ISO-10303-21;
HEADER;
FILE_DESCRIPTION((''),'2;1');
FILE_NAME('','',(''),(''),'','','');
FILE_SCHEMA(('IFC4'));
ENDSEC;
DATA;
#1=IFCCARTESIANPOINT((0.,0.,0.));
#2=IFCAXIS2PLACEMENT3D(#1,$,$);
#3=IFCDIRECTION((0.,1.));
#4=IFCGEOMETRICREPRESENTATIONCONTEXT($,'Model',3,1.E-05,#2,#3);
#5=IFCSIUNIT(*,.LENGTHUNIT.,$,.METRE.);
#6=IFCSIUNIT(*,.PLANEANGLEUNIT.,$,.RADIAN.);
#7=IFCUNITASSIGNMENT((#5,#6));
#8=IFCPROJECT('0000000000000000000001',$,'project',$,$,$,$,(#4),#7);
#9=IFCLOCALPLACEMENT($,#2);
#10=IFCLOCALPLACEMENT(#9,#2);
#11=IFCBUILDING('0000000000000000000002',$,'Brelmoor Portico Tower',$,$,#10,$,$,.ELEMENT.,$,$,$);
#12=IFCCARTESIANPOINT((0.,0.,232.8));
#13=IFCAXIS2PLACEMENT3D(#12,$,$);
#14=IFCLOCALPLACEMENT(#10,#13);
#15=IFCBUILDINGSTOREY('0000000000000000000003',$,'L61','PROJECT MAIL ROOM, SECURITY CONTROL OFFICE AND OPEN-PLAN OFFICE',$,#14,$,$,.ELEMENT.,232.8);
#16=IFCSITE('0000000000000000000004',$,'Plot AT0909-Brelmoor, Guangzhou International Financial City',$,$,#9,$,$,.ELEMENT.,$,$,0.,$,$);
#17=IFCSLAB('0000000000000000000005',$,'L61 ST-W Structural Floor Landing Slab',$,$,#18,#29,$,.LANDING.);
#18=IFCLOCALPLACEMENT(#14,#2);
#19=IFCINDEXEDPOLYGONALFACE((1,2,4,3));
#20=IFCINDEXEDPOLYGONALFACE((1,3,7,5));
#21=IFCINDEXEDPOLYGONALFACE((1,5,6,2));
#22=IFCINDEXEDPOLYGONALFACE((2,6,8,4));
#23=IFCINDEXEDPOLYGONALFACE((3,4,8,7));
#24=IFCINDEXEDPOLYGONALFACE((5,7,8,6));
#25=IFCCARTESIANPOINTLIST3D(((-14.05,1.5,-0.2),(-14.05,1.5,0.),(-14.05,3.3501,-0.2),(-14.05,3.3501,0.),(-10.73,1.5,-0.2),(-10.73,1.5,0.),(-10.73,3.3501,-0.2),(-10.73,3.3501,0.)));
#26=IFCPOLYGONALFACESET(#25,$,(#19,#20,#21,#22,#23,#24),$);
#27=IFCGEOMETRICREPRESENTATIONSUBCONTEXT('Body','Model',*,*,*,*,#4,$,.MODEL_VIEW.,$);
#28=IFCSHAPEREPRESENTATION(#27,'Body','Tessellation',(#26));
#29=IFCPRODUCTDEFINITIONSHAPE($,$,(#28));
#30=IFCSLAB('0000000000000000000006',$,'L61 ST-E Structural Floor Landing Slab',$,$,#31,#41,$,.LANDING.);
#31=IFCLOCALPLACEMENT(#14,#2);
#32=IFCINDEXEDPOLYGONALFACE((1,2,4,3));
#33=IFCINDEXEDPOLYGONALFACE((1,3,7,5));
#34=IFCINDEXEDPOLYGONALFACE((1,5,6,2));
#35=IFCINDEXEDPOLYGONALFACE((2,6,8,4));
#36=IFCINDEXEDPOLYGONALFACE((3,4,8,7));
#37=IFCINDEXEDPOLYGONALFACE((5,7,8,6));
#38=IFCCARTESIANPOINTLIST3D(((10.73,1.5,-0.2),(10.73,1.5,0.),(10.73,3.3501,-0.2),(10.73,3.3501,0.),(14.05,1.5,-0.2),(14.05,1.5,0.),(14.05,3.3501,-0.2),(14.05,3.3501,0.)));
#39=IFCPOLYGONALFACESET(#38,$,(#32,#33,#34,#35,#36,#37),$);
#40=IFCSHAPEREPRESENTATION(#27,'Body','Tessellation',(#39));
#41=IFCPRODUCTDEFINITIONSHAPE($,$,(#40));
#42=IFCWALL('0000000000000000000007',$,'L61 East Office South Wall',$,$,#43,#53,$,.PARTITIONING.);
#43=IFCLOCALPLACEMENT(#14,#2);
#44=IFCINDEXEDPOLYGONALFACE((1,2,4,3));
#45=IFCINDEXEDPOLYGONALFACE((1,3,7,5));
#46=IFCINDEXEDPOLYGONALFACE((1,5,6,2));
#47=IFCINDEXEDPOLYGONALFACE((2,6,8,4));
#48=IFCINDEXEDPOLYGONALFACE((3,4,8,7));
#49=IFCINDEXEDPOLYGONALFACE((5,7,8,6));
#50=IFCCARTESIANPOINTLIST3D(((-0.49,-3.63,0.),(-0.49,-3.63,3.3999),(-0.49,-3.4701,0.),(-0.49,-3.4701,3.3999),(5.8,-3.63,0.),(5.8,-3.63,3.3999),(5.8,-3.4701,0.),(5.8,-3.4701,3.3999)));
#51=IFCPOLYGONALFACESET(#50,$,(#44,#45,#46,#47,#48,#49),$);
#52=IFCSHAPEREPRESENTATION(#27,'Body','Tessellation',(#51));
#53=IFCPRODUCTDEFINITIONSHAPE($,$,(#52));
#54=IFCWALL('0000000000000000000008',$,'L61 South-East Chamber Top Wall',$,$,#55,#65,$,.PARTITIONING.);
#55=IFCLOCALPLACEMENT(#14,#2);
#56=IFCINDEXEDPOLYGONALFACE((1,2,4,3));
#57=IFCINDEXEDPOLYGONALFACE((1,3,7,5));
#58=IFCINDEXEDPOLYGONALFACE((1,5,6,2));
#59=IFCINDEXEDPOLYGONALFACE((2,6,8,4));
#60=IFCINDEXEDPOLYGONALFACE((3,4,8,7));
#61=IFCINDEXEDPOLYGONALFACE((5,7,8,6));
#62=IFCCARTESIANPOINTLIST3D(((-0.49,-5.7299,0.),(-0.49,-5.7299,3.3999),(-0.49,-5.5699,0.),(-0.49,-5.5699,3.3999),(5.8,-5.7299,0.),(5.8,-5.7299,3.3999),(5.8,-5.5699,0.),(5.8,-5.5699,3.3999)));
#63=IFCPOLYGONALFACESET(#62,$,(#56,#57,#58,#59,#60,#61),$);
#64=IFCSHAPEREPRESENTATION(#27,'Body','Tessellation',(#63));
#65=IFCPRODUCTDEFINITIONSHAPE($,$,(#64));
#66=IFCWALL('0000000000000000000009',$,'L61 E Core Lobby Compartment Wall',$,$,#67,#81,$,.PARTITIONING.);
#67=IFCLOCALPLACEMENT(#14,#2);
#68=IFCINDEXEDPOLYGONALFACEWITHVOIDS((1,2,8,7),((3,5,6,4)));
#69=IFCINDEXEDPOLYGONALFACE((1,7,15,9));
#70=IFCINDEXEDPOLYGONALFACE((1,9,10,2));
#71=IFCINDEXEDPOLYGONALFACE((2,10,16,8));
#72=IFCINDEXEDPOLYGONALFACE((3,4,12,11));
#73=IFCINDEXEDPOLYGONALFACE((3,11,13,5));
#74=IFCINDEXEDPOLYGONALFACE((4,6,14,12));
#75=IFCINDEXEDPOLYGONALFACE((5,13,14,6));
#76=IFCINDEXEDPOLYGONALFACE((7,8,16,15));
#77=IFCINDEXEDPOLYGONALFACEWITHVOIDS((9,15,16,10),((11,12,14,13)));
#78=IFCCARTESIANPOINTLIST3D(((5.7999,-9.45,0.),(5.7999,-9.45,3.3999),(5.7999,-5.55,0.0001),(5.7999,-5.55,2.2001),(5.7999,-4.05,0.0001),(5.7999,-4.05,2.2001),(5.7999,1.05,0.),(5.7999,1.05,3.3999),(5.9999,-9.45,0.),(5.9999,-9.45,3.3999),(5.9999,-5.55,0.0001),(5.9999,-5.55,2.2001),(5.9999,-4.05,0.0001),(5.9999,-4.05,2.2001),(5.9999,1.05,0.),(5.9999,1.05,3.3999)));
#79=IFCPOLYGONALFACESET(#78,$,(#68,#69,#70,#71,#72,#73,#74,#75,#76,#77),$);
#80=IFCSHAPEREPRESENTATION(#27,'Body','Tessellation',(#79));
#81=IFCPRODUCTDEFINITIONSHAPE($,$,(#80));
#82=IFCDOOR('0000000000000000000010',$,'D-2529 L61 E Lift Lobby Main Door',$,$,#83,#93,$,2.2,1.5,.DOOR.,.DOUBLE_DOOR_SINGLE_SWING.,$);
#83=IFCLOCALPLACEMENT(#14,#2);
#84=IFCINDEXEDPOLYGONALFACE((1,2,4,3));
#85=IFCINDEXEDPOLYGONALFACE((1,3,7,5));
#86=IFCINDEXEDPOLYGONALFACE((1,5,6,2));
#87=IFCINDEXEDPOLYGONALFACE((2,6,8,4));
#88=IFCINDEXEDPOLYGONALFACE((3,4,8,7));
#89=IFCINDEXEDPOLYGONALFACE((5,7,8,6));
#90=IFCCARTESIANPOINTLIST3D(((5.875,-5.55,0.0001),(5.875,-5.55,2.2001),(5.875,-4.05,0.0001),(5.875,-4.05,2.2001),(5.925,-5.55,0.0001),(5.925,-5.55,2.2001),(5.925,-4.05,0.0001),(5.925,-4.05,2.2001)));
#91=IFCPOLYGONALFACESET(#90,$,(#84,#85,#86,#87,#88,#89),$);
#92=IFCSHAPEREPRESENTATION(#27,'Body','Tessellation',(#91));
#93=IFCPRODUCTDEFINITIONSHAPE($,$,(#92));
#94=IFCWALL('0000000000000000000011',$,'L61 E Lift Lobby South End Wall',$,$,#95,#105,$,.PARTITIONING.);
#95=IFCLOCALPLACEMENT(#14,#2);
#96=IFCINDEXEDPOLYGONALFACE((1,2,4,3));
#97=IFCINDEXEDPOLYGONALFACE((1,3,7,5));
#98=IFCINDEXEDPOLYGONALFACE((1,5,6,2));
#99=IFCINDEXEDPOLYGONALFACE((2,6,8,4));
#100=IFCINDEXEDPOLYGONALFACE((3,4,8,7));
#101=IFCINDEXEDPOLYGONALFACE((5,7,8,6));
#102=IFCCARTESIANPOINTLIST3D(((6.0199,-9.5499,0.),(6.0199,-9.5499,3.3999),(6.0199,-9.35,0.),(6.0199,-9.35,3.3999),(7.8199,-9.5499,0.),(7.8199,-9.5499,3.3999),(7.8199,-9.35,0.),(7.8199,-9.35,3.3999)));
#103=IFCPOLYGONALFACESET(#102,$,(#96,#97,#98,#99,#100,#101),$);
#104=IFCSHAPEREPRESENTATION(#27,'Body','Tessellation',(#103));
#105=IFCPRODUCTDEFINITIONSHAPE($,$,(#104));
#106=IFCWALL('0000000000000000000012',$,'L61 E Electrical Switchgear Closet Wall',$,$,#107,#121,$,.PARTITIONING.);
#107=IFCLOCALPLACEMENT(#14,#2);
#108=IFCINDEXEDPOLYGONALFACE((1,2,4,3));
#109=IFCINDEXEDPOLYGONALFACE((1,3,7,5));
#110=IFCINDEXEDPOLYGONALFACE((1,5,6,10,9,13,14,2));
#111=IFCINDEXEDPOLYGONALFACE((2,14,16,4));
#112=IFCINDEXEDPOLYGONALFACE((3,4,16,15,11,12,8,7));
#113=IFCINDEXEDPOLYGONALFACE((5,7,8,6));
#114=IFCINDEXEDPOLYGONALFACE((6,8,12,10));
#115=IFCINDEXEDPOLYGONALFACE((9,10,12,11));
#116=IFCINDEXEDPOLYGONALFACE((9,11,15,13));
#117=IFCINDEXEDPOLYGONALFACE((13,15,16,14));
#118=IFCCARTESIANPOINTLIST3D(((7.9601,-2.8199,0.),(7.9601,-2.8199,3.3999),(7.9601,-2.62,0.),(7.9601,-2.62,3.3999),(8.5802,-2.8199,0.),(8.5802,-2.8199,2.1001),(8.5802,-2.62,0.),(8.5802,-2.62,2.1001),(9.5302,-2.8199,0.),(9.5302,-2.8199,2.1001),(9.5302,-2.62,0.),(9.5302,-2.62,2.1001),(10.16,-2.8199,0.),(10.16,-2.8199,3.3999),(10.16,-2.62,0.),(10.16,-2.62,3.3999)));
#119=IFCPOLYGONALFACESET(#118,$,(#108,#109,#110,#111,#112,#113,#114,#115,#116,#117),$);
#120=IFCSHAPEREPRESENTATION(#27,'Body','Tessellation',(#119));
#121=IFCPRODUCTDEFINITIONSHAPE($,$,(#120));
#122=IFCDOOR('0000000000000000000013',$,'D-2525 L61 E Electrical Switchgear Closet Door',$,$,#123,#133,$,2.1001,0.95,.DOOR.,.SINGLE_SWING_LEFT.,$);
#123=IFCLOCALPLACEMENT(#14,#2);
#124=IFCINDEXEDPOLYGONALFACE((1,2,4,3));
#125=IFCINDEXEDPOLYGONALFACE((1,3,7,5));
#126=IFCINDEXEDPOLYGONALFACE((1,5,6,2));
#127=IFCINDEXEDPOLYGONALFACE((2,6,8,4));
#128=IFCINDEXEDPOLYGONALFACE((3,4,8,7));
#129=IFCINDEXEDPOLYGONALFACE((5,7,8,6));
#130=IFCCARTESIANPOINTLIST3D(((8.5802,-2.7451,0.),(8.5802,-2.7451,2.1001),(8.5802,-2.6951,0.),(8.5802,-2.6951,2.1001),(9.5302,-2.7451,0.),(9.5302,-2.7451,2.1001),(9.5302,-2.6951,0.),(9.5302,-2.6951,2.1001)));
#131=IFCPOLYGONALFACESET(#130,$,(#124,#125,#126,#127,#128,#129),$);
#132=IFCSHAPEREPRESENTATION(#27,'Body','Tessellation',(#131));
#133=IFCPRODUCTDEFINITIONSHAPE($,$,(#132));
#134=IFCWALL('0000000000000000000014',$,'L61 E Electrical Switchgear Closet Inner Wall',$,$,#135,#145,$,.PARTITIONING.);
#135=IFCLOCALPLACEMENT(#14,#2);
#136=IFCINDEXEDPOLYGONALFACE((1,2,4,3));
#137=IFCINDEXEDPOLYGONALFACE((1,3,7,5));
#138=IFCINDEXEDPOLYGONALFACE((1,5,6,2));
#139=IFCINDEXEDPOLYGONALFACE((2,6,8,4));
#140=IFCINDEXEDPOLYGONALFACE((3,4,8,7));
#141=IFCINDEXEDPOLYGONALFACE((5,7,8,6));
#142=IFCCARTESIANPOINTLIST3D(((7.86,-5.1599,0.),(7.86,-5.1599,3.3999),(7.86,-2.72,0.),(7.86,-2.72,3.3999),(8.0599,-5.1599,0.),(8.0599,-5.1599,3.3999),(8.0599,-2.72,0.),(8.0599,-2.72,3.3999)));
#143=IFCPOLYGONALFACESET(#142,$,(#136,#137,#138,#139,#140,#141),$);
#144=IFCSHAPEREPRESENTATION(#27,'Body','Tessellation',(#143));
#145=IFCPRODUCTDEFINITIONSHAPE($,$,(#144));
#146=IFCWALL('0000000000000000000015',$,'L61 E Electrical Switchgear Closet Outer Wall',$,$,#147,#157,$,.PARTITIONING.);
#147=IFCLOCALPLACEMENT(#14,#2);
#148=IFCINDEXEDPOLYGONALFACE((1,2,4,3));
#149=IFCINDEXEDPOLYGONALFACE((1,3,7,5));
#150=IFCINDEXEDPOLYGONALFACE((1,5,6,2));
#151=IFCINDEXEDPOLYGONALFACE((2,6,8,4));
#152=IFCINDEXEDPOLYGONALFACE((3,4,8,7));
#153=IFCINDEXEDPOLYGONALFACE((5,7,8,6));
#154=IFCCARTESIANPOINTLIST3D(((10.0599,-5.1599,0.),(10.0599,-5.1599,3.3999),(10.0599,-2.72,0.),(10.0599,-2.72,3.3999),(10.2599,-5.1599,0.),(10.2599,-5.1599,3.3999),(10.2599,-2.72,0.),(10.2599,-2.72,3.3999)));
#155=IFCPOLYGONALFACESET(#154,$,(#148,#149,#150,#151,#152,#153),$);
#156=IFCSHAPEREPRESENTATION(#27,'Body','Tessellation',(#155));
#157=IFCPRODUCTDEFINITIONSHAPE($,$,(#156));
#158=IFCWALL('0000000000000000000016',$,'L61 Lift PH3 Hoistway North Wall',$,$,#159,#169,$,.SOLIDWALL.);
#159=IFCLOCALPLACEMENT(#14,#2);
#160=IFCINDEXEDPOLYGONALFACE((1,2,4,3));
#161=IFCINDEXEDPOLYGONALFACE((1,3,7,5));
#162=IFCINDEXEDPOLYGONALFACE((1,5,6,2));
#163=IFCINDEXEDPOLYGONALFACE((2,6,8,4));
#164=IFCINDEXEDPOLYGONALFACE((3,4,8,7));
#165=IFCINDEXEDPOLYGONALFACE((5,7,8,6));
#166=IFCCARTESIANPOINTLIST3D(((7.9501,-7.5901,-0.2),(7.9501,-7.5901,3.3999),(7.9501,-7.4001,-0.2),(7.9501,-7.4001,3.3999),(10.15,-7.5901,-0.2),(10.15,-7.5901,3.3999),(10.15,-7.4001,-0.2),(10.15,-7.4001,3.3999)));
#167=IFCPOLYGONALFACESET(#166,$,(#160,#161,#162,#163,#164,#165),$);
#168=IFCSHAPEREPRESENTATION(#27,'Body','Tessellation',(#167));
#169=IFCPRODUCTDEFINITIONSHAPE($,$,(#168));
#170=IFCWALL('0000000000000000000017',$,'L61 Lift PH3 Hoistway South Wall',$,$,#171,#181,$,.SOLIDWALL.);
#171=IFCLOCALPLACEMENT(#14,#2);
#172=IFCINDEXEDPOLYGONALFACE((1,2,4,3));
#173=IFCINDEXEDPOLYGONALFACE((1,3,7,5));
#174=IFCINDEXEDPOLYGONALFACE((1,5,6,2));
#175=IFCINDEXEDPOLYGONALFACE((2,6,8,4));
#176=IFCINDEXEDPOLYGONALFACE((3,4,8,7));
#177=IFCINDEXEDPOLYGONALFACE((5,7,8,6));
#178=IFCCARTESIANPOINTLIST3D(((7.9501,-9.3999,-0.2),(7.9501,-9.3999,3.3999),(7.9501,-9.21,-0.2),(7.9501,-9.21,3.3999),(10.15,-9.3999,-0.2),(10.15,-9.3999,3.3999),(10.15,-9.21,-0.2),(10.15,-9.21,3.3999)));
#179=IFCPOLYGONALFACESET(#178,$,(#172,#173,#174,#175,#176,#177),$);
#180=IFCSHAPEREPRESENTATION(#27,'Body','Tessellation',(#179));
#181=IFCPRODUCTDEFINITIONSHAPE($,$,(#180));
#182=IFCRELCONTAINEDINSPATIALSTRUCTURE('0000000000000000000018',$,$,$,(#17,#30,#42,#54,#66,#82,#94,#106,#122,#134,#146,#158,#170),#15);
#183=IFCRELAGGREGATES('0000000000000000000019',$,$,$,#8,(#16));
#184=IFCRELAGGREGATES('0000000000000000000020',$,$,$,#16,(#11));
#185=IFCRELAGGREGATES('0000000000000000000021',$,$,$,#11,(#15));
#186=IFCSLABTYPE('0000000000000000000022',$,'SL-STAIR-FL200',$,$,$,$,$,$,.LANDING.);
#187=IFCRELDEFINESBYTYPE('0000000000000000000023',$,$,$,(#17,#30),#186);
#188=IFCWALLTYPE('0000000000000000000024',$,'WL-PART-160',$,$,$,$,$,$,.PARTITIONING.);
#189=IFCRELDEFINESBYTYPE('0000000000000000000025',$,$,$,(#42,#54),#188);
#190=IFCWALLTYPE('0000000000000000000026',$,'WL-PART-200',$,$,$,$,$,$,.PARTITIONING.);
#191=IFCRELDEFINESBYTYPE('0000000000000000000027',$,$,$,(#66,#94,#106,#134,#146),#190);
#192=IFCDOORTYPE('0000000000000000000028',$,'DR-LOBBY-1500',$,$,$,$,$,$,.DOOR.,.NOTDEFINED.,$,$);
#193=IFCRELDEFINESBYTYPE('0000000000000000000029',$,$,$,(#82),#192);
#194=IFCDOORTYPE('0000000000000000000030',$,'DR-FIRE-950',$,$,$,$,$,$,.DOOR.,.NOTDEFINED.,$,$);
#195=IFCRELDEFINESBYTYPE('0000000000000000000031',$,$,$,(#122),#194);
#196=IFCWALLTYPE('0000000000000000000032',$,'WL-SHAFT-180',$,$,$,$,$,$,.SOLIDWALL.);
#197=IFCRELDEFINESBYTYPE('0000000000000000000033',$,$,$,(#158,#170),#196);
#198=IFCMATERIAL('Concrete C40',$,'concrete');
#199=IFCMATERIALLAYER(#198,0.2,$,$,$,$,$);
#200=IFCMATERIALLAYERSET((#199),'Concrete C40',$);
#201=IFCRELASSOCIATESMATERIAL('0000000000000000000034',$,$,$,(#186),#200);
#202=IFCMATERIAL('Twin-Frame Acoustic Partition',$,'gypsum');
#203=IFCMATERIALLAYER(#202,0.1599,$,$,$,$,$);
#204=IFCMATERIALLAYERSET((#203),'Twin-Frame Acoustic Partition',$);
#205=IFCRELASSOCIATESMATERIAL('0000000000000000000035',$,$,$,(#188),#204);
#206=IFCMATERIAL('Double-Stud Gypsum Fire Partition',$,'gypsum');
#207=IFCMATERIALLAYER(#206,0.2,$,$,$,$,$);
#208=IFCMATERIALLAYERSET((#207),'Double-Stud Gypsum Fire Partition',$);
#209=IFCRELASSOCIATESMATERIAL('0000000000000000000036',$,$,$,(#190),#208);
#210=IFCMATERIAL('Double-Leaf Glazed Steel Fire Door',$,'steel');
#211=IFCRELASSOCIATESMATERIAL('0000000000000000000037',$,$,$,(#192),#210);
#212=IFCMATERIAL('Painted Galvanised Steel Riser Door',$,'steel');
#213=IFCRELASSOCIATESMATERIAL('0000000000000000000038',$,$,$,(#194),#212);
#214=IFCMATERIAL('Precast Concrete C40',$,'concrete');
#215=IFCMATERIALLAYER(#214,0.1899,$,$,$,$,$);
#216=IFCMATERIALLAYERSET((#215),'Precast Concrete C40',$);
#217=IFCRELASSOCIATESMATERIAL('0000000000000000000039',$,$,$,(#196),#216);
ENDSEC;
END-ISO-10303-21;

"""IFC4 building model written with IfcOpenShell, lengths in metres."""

from ifc_helpers import new_model, si_unit, direction, frame, frame_2d, origin, place, context, subcontext, project, spatial, polyline, rectangle, outline, extrude, material, layer, layer_set, type_object, element, fill, save


model = new_model("IFC4")

# Units and contexts
model_context = context("Model", 3, precision=1e-05, world=origin(), true_north=direction((0.0, 1.0)))
body_context = subcontext(model_context, "Body", "Model", "MODEL_VIEW")
ifc_project = project(units=[si_unit("LENGTHUNIT", "METRE"), si_unit("PLANEANGLEUNIT", "RADIAN")], contexts=[model_context])

# Site, building, storey
site_placement = place(None, origin())
site = spatial("IfcSite", under=ifc_project, at=site_placement, Name="Plot AT0909-Brelmoor, Guangzhou International Financial City", CompositionType="ELEMENT", RefElevation=0.0)
building_placement = place(site_placement, origin())
building = spatial("IfcBuilding", under=site, at=building_placement, Name="Brelmoor Portico Tower", CompositionType="ELEMENT")
storey_placement = place(building_placement, frame((0.0, 0.0, 232.8)))
storey = spatial("IfcBuildingStorey", under=building, at=storey_placement, Name="L61", Description="PROJECT MAIL ROOM, SECURITY CONTROL OFFICE AND OPEN-PLAN OFFICE", CompositionType="ELEMENT", Elevation=232.8)

# Slabs
ifc_material_1 = material(Name="Concrete C40", Category="concrete")
ifc_layer_1 = layer(ifc_material_1, 0.2)
ifc_layer_set_1 = layer_set([ifc_layer_1], Name="Concrete C40")
slab_type = type_object("IfcSlabType", Name="SL-STAIR-FL200", PredefinedType="LANDING", material=ifc_layer_set_1)
slab_1_placement = place(storey_placement, frame((0.0, 0.0, -0.2)))
element("IfcSlab", 1, at=slab_1_placement, inside=storey, type_object=slab_type, Name="L61 ST-W Structural Floor Landing Slab", PredefinedType="LANDING", context=body_context, shape_type="SweptSolid", body=[
    extrude(outline(polyline([(-10.73, 1.5), (-10.73, 3.3501), (-14.05, 3.3501), (-14.05, 1.5), (-10.73, 1.5)])), origin(), (0.0, 0.0, 1.0), 0.2),
])
slab_2_placement = place(storey_placement, frame((0.0, 0.0, -0.2)))
element("IfcSlab", 2, at=slab_2_placement, inside=storey, type_object=slab_type, Name="L61 ST-E Structural Floor Landing Slab", PredefinedType="LANDING", context=body_context, shape_type="SweptSolid", body=[
    extrude(outline(polyline([(14.05, 1.5), (14.05, 3.3501), (10.73, 3.3501), (10.73, 1.5), (14.05, 1.5)])), origin(), (0.0, 0.0, 1.0), 0.2),
])

# Shared definitions
ifc_material_2 = material(Name="Twin-Frame Acoustic Partition", Category="gypsum")
ifc_layer_2 = layer(ifc_material_2, 0.1599)
ifc_layer_set_2 = layer_set([ifc_layer_2], Name="Twin-Frame Acoustic Partition")
wall_type_1 = type_object("IfcWallType", Name="WL-PART-160", PredefinedType="PARTITIONING", material=ifc_layer_set_2)

# Walls
for number, where, z_axis, x_axis, name in (
    (3, (-0.49, -3.55, 0.0), (0.0, 0.0, 1.0), (1.0, 0.0, 0.0), "L61 East Office South Wall"),
    (4, (-0.49, -5.6499, 0.0), (0.0, 0.0, 1.0), (1.0, 0.0, 0.0), "L61 South-East Chamber Top Wall"),
):
    element("IfcWall", number, at=place(storey_placement, frame(where, z_axis=z_axis, x_axis=x_axis)), inside=storey, type_object=wall_type_1, Name=name, PredefinedType="PARTITIONING", context=body_context, shape_type="SweptSolid", body=[
        extrude(rectangle(XDim=6.29, YDim=0.1599, at=frame_2d((3.145, 0.0))), origin(), (0.0, 0.0, 1.0), 3.3999),
    ])

# Wall, opening, door
ifc_material_3 = material(Name="Double-Stud Gypsum Fire Partition", Category="gypsum")
ifc_layer_3 = layer(ifc_material_3, 0.2)
ifc_layer_set_3 = layer_set([ifc_layer_3], Name="Double-Stud Gypsum Fire Partition")
wall_type_2 = type_object("IfcWallType", Name="WL-PART-200", PredefinedType="PARTITIONING", material=ifc_layer_set_3)
wall_1_placement = place(storey_placement, frame((5.8999, -9.45, 0.0), z_axis=(0.0, 0.0, 1.0), x_axis=(0.0, 1.0, 0.0)))
wall_1 = element("IfcWall", 5, at=wall_1_placement, inside=storey, type_object=wall_type_2, Name="L61 E Core Lobby Compartment Wall", PredefinedType="PARTITIONING", context=body_context, shape_type="SweptSolid", body=[
    extrude(rectangle(XDim=10.5, YDim=0.2, at=frame_2d((5.25, 0.0))), origin(), (0.0, 0.0, 1.0), 3.3999),
])
opening_1_placement = place(wall_1_placement, frame((3.8999, 0.0, 0.0)))
opening_1 = element("IfcOpeningElement", 6, at=opening_1_placement, cuts=wall_1, PredefinedType="OPENING", context=body_context, shape_type="SweptSolid", body=[
    extrude(rectangle(XDim=1.5, YDim=2.2, at=frame_2d((0.75, 1.1001))), frame((0.0, 0.1099, 0.0), z_axis=(0.0, -1.0, 0.0), x_axis=(1.0, 0.0, 0.0)), (0.0, 0.0, 1.0), 0.22),
])
ifc_material_4 = material(Name="Double-Leaf Glazed Steel Fire Door", Category="steel")
door_type_1 = type_object("IfcDoorType", Name="DR-LOBBY-1500", OperationType="NOTDEFINED", PredefinedType="DOOR", material=ifc_material_4)
door_1_placement = place(opening_1_placement, origin())
door_1 = element("IfcDoor", 7, at=door_1_placement, inside=storey, type_object=door_type_1, Name="D-2529 L61 E Lift Lobby Main Door", OperationType="DOUBLE_DOOR_SINGLE_SWING", OverallHeight=2.2, OverallWidth=1.5, PredefinedType="DOOR", context=body_context, shape_type="SweptSolid", body=[
    extrude(rectangle(XDim=1.5, YDim=2.2, at=frame_2d((0.75, 1.1001))), frame((0.0, 0.0249, 0.0), z_axis=(0.0, -1.0, 0.0), x_axis=(1.0, 0.0, 0.0)), (0.0, 0.0, 1.0), 0.05),
])
fill(opening_1, door_1)

# Wall
wall_2_placement = place(storey_placement, frame((6.02, -9.45, 0.0), z_axis=(0.0, 0.0, 1.0), x_axis=(1.0, 0.0, 0.0)))
element("IfcWall", 8, at=wall_2_placement, inside=storey, type_object=wall_type_2, Name="L61 E Lift Lobby South End Wall", PredefinedType="PARTITIONING", context=body_context, shape_type="SweptSolid", body=[
    extrude(rectangle(XDim=1.8, YDim=0.2, at=frame_2d((0.8999, 0.0))), origin(), (0.0, 0.0, 1.0), 3.3999),
])

# Wall, opening, door
wall_3_placement = place(storey_placement, frame((7.96, -2.72, 0.0), z_axis=(0.0, 0.0, 1.0), x_axis=(1.0, 0.0, 0.0)))
wall_3 = element("IfcWall", 9, at=wall_3_placement, inside=storey, type_object=wall_type_2, Name="L61 E Electrical Switchgear Closet Wall", PredefinedType="PARTITIONING", context=body_context, shape_type="SweptSolid", body=[
    extrude(rectangle(XDim=2.2, YDim=0.2, at=frame_2d((1.1001, 0.0))), origin(), (0.0, 0.0, 1.0), 3.3999),
])
opening_2_placement = place(wall_3_placement, frame((0.6201, 0.0, 0.0)))
opening_2 = element("IfcOpeningElement", 10, at=opening_2_placement, cuts=wall_3, PredefinedType="OPENING", context=body_context, shape_type="SweptSolid", body=[
    extrude(rectangle(XDim=0.95, YDim=2.1001, at=frame_2d((0.4751, 1.05))), frame((0.0, 0.1099, 0.0), z_axis=(0.0, -1.0, 0.0), x_axis=(1.0, 0.0, 0.0)), (0.0, 0.0, 1.0), 0.22),
])
ifc_material_5 = material(Name="Painted Galvanised Steel Riser Door", Category="steel")
door_type_2 = type_object("IfcDoorType", Name="DR-FIRE-950", OperationType="NOTDEFINED", PredefinedType="DOOR", material=ifc_material_5)
door_2_placement = place(opening_2_placement, origin())
door_2 = element("IfcDoor", 11, at=door_2_placement, inside=storey, type_object=door_type_2, Name="D-2525 L61 E Electrical Switchgear Closet Door", OperationType="SINGLE_SWING_LEFT", OverallHeight=2.1001, OverallWidth=0.95, PredefinedType="DOOR", context=body_context, shape_type="SweptSolid", body=[
    extrude(rectangle(XDim=0.95, YDim=2.1001, at=frame_2d((0.4751, 1.05))), frame((0.0, 0.0249, 0.0), z_axis=(0.0, -1.0, 0.0), x_axis=(1.0, 0.0, 0.0)), (0.0, 0.0, 1.0), 0.05),
])
fill(opening_2, door_2)

# Walls
for number, where, z_axis, x_axis, name in (
    (12, (7.96, -5.1599, 0.0), (0.0, 0.0, 1.0), (0.0, 1.0, 0.0), "L61 E Electrical Switchgear Closet Inner Wall"),
    (13, (10.1599, -5.1599, 0.0), (0.0, 0.0, 1.0), (0.0, 1.0, 0.0), "L61 E Electrical Switchgear Closet Outer Wall"),
):
    element("IfcWall", number, at=place(storey_placement, frame(where, z_axis=z_axis, x_axis=x_axis)), inside=storey, type_object=wall_type_2, Name=name, PredefinedType="PARTITIONING", context=body_context, shape_type="SweptSolid", body=[
        extrude(rectangle(XDim=2.4399, YDim=0.2, at=frame_2d((1.22, 0.0))), origin(), (0.0, 0.0, 1.0), 3.3999),
    ])
ifc_material_6 = material(Name="Precast Concrete C40", Category="concrete")
ifc_layer_4 = layer(ifc_material_6, 0.1899)
ifc_layer_set_4 = layer_set([ifc_layer_4], Name="Precast Concrete C40")
wall_type_3 = type_object("IfcWallType", Name="WL-SHAFT-180", PredefinedType="SOLIDWALL", material=ifc_layer_set_4)
for number, where, z_axis, x_axis, name in (
    (14, (7.95, -7.4951, -0.2), (0.0, 0.0, 1.0), (1.0, 0.0, 0.0), "L61 Lift PH3 Hoistway North Wall"),
    (15, (7.95, -9.3049, -0.2), (0.0, 0.0, 1.0), (1.0, 0.0, 0.0), "L61 Lift PH3 Hoistway South Wall"),
):
    element("IfcWall", number, at=place(storey_placement, frame(where, z_axis=z_axis, x_axis=x_axis)), inside=storey, type_object=wall_type_3, Name=name, PredefinedType="SOLIDWALL", context=body_context, shape_type="SweptSolid", body=[
        extrude(rectangle(XDim=2.2, YDim=0.1899, at=frame_2d((1.1001, 0.0))), origin(), (0.0, 0.0, 1.0), 3.5999),
    ])

save(model, "model.ifc")
